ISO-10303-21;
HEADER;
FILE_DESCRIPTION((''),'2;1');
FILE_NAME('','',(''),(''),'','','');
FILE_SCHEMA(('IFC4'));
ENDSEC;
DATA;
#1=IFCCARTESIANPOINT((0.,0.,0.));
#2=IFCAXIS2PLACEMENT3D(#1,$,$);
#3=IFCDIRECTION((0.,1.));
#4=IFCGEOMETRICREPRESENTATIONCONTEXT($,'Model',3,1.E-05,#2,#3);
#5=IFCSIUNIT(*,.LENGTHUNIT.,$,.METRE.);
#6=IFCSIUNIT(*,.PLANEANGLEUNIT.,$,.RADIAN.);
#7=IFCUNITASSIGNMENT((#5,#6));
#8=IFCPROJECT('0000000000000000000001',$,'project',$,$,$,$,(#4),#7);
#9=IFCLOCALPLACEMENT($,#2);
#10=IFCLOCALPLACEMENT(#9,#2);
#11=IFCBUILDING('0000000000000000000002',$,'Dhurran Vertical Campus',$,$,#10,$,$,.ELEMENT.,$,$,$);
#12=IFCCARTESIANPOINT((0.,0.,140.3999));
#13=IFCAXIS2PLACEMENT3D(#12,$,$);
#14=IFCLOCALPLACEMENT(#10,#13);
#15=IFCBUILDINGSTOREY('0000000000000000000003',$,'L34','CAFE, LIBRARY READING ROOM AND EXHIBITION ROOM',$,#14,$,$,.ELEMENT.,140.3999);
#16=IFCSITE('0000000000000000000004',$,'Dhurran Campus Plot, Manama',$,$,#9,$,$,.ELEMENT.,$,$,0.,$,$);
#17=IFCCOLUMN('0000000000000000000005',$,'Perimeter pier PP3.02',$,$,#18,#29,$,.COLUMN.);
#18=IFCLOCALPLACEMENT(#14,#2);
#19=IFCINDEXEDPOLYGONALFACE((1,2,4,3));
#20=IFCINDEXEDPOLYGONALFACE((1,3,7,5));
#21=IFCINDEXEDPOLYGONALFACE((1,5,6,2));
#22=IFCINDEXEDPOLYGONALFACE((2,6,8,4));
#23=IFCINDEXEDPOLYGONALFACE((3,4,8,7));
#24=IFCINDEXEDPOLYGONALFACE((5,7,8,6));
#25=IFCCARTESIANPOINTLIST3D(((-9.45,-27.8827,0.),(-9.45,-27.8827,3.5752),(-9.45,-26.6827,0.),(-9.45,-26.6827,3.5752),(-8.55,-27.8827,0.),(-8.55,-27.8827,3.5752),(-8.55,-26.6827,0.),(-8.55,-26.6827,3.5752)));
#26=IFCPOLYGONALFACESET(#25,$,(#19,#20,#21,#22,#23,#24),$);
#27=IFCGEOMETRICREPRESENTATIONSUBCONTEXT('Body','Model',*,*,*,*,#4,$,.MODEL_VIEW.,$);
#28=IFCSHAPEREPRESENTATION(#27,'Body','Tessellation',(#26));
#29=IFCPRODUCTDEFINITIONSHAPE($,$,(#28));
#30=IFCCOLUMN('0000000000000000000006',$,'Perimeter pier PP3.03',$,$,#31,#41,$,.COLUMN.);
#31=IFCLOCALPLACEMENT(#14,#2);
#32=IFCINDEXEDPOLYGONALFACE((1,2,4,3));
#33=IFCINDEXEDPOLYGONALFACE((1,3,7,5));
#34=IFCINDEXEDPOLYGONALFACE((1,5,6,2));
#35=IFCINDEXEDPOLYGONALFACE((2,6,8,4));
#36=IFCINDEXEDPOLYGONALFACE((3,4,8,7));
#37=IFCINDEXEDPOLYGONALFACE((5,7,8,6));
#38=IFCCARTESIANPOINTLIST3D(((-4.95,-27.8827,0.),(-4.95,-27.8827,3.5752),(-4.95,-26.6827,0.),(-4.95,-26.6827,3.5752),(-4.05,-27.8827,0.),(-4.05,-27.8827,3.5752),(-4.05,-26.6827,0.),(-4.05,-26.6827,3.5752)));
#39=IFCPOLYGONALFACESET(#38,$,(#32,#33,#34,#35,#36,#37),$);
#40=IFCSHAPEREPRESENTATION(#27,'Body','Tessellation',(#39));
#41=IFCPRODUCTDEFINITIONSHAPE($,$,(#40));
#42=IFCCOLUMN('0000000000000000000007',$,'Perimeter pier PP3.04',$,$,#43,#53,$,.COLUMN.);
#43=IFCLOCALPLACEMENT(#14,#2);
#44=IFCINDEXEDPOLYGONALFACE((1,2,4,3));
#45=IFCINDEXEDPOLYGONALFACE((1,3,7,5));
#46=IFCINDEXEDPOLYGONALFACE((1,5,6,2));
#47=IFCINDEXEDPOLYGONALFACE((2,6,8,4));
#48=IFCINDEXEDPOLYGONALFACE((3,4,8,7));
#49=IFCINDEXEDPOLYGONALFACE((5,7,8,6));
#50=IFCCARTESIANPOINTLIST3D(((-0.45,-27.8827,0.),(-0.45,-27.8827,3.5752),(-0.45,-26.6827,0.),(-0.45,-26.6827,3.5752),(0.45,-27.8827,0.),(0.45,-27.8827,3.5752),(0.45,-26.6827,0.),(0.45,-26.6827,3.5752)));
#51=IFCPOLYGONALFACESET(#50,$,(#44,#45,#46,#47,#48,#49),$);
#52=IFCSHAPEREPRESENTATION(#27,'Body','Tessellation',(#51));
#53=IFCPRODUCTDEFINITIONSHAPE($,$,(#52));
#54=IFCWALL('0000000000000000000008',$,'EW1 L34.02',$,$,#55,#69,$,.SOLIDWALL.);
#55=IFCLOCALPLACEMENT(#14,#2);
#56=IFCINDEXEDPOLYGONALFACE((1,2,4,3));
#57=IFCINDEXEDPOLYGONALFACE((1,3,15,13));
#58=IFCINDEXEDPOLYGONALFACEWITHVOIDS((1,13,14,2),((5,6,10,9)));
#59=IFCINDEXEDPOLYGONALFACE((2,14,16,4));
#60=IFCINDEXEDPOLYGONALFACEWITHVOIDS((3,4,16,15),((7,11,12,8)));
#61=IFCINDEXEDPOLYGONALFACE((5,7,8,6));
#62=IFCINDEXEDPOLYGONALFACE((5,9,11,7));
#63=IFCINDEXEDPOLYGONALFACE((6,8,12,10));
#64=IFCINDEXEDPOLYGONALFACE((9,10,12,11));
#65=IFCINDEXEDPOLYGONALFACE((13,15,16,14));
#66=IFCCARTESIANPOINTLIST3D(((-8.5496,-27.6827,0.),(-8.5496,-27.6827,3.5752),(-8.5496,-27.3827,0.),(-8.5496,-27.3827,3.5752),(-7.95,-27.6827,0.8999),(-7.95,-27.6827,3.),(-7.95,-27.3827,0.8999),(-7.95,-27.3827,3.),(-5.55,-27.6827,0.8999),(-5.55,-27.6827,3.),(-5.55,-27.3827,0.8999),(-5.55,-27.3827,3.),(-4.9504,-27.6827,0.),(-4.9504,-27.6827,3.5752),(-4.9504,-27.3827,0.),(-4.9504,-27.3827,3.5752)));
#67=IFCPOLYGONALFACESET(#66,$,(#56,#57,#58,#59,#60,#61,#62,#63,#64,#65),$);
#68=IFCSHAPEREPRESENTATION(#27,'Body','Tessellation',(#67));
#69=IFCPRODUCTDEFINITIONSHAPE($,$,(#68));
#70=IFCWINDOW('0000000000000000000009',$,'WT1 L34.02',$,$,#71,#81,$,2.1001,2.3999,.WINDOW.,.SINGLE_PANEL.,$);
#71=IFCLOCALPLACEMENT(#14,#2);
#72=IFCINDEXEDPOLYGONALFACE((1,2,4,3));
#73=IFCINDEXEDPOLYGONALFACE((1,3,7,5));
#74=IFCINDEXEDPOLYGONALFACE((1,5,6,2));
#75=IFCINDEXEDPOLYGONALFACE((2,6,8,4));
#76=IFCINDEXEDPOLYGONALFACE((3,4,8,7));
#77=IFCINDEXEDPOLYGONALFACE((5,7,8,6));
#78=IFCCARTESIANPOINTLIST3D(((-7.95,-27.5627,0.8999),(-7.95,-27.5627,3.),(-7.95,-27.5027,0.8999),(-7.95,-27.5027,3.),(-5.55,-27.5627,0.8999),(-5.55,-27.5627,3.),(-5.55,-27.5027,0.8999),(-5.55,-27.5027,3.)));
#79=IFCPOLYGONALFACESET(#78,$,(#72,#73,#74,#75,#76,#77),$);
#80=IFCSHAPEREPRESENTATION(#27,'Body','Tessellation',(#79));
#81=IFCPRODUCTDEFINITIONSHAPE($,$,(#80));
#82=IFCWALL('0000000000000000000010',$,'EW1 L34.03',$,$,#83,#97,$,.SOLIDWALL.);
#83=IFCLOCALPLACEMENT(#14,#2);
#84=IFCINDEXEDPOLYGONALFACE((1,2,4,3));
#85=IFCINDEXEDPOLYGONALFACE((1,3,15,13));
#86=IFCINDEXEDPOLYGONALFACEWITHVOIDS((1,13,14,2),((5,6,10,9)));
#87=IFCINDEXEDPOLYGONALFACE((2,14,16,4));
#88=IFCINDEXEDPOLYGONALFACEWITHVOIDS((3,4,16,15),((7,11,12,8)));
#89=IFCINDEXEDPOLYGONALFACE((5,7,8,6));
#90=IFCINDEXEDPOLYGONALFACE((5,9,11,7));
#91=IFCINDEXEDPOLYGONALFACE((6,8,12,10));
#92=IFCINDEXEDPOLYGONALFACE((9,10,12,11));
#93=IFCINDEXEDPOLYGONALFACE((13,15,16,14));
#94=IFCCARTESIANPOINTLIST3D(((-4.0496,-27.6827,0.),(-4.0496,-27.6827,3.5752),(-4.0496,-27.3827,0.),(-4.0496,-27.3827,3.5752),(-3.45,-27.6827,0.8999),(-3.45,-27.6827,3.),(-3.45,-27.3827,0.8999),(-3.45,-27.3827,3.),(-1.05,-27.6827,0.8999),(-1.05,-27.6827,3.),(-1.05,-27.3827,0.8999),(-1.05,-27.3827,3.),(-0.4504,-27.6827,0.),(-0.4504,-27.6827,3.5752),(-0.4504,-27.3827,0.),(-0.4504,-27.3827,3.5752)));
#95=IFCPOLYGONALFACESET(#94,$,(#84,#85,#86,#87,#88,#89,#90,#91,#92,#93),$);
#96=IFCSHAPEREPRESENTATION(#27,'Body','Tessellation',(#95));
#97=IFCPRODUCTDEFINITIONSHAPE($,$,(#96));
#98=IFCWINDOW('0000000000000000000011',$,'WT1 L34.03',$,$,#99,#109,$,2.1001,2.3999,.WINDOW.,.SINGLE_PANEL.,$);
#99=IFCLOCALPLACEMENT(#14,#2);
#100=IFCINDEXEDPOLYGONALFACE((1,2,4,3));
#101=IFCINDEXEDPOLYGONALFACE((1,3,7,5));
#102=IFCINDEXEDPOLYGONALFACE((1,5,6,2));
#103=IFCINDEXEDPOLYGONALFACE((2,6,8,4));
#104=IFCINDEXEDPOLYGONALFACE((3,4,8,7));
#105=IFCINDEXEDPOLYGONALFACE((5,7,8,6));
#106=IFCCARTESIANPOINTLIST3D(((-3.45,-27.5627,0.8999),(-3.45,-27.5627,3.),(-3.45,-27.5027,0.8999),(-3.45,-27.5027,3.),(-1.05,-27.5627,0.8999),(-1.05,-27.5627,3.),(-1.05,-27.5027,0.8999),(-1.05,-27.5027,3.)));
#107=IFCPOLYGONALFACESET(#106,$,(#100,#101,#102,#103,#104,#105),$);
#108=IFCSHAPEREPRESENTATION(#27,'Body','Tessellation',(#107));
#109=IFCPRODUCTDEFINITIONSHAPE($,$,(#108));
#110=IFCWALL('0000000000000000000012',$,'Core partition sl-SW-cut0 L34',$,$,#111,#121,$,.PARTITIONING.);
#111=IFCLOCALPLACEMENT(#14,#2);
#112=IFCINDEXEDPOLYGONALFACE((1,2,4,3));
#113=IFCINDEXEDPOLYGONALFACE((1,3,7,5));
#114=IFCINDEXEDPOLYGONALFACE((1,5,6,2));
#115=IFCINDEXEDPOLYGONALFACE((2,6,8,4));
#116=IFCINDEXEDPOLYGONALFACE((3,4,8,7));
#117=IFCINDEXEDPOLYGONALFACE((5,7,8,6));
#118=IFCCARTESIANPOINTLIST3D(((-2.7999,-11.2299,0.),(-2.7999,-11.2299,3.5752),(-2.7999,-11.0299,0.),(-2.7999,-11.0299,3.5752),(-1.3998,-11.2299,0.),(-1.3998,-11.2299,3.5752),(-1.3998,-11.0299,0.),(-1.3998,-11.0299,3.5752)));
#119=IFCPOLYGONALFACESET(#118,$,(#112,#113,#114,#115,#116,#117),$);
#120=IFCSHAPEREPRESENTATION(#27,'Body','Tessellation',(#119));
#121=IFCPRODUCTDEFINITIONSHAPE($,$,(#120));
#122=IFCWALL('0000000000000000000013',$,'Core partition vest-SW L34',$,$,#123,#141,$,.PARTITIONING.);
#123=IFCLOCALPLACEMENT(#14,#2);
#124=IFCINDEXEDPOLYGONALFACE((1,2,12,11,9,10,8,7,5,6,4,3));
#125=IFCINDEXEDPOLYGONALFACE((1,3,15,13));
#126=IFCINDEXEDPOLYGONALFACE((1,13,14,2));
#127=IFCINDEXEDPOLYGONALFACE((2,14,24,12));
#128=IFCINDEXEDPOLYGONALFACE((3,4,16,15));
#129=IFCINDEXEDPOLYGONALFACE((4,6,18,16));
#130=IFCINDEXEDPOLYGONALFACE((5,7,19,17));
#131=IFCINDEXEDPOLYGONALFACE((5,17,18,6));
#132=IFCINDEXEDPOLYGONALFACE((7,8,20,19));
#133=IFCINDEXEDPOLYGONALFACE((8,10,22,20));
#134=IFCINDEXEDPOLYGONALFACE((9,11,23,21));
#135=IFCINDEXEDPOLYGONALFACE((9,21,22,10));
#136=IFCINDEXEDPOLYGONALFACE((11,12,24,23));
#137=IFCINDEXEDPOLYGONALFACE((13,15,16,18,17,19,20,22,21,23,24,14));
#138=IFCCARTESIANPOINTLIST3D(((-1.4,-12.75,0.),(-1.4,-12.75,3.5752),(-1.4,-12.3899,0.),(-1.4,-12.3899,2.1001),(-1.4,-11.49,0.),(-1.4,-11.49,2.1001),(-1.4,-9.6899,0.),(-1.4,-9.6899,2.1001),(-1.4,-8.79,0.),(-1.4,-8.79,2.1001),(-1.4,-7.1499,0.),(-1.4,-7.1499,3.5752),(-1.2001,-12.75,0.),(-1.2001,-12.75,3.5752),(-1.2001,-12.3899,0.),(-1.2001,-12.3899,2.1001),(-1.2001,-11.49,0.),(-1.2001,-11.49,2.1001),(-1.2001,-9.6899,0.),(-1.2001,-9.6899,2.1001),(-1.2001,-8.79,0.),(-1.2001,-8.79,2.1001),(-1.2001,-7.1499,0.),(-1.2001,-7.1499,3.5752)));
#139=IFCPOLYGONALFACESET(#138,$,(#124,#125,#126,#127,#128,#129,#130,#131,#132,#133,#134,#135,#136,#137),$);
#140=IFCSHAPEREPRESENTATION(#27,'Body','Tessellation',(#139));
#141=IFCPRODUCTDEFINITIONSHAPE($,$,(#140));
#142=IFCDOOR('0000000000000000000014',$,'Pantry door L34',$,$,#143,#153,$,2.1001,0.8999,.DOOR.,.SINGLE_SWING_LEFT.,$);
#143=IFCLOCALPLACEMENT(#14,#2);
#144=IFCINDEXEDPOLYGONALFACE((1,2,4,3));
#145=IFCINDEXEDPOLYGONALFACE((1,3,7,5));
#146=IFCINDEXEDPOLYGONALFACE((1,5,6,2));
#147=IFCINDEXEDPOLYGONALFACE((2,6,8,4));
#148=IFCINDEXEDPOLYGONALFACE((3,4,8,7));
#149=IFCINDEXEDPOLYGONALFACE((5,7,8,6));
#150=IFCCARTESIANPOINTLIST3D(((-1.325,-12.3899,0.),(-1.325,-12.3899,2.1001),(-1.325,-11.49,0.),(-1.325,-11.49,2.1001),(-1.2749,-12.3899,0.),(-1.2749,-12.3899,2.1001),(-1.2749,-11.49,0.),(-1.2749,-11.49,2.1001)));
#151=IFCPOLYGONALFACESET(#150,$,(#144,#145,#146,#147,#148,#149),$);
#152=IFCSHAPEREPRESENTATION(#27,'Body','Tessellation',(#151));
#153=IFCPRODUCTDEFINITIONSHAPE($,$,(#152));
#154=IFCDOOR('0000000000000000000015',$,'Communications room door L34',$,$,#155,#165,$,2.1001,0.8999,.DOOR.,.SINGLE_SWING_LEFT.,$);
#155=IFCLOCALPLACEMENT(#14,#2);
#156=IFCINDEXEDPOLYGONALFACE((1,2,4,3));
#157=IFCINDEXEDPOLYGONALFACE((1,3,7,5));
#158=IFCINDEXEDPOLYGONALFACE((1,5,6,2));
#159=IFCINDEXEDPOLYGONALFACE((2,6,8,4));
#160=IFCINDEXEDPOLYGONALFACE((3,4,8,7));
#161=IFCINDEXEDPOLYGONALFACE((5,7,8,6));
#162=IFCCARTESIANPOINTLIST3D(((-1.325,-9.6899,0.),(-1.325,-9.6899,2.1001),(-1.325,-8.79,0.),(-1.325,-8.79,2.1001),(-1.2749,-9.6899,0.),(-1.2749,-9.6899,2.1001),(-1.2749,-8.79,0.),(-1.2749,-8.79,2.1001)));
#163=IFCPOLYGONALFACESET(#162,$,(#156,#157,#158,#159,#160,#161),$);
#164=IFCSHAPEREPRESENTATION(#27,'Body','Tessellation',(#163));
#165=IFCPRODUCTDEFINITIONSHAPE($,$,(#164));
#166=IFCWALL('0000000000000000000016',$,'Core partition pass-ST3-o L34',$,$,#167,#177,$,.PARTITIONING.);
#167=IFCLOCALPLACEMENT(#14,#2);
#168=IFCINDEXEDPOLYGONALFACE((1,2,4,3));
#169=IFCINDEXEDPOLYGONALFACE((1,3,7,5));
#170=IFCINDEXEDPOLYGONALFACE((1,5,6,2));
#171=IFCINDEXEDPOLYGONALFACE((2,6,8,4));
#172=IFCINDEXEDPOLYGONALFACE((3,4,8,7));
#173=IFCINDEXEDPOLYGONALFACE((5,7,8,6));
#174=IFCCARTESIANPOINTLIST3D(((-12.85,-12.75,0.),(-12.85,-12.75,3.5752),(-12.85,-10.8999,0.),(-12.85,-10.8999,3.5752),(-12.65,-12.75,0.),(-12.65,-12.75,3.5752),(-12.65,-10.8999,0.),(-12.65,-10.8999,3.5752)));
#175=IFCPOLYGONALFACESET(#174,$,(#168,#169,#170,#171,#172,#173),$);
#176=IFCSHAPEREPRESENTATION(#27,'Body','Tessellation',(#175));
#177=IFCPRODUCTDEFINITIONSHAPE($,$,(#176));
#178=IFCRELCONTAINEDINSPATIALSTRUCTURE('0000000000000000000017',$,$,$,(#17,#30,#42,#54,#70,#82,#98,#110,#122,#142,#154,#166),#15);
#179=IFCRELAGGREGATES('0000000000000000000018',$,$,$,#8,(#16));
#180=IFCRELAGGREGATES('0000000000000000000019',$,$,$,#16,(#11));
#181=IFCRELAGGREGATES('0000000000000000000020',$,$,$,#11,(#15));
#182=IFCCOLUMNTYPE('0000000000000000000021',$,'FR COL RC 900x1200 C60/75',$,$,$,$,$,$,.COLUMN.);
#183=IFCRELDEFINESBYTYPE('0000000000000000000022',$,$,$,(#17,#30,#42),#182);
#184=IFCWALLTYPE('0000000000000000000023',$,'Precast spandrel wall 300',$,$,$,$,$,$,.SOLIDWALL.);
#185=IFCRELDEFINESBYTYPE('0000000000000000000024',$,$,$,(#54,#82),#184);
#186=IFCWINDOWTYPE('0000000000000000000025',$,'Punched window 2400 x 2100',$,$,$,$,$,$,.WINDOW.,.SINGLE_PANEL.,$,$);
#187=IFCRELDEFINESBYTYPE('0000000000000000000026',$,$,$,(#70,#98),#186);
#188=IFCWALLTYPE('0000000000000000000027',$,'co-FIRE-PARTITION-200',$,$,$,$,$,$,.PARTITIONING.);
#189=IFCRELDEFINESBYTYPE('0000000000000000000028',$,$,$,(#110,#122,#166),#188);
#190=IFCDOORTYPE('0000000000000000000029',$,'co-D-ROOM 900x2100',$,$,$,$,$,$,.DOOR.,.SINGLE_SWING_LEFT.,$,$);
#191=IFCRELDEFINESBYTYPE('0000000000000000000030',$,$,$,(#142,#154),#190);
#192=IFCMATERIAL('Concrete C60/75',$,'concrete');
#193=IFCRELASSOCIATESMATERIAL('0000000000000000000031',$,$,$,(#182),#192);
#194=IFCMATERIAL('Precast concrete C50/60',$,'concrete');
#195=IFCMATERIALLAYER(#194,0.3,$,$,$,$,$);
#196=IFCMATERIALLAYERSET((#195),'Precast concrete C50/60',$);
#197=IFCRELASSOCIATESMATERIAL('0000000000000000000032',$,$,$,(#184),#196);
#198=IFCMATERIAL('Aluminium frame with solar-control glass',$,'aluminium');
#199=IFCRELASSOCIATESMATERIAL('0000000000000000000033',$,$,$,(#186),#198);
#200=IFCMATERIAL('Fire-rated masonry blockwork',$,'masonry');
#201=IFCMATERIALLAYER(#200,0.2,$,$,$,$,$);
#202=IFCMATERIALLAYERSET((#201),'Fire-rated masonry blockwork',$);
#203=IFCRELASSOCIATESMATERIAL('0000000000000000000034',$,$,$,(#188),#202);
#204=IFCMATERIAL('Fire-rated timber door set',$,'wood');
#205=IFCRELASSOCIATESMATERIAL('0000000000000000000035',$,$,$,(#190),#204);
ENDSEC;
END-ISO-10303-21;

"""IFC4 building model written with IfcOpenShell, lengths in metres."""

from ifc_helpers import new_model, si_unit, direction, frame, frame_2d, origin, origin_2d, place, context, subcontext, project, spatial, rectangle, extrude, material, layer, layer_set, material_profile, profile_set, type_object, element, fill, save


model = new_model("IFC4")

# Units and contexts
model_context = context("Model", 3, precision=1e-05, world=origin(), true_north=direction((0.0, 1.0)))
body_context = subcontext(model_context, "Body", "Model", "MODEL_VIEW")
ifc_project = project(units=[si_unit("LENGTHUNIT", "METRE"), si_unit("PLANEANGLEUNIT", "RADIAN")], contexts=[model_context])

# Site, building, storey
site_placement = place(None, origin())
site = spatial("IfcSite", under=ifc_project, at=site_placement, Name="Dhurran Campus Plot, Manama", CompositionType="ELEMENT", RefElevation=0.0)
building_placement = place(site_placement, origin())
building = spatial("IfcBuilding", under=site, at=building_placement, Name="Dhurran Vertical Campus", CompositionType="ELEMENT")
storey_placement = place(building_placement, frame((0.0, 0.0, 140.3999)))
storey = spatial("IfcBuildingStorey", under=building, at=storey_placement, Name="L34", Description="CAFE, LIBRARY READING ROOM AND EXHIBITION ROOM", CompositionType="ELEMENT", Elevation=140.3999)

# Columns
ifc_material_1 = material(Name="Concrete C60/75", Category="concrete")
ifc_material_profile = material_profile(ifc_material_1, rectangle(XDim=0.8999, YDim=1.2, at=origin_2d()), Name="RC 900x1200")
ifc_profile_set = profile_set([ifc_material_profile], Name="Concrete C60/75")
column_type = type_object("IfcColumnType", Name="FR COL RC 900x1200 C60/75", PredefinedType="COLUMN", material=ifc_profile_set)
for number, where, z_axis, x_axis, name in (
    (1, (-9.0, -27.2827, 0.0), (0.0, 0.0, 1.0), (1.0, 0.0, 0.0), "Perimeter pier PP3.02"),
    (2, (-4.5, -27.2827, 0.0), (0.0, 0.0, 1.0), (1.0, 0.0, 0.0), "Perimeter pier PP3.03"),
    (3, (0.0, -27.2827, 0.0), (0.0, 0.0, 1.0), (1.0, 0.0, 0.0), "Perimeter pier PP3.04"),
):
    element("IfcColumn", number, at=place(storey_placement, frame(where, z_axis=z_axis, x_axis=x_axis)), inside=storey, type_object=column_type, Name=name, PredefinedType="COLUMN", context=body_context, shape_type="SweptSolid", body=[
        extrude(rectangle(XDim=0.8999, YDim=1.2, at=origin_2d()), origin(), (0.0, 0.0, 1.0), 3.5752),
    ])

# Walls, openings, windows
ifc_material_2 = material(Name="Precast concrete C50/60", Category="concrete")
ifc_layer_1 = layer(ifc_material_2, 0.3)
ifc_layer_set_1 = layer_set([ifc_layer_1], Name="Precast concrete C50/60")
wall_type_1 = type_object("IfcWallType", Name="Precast spandrel wall 300", PredefinedType="SOLIDWALL", material=ifc_layer_set_1)
wall_1_placement = place(storey_placement, frame((-8.5496, -27.5327, 0.0), z_axis=(0.0, 0.0, 1.0), x_axis=(1.0, 0.0, 0.0)))
wall_1 = element("IfcWall", 4, at=wall_1_placement, inside=storey, type_object=wall_type_1, Name="EW1 L34.02", PredefinedType="SOLIDWALL", context=body_context, shape_type="SweptSolid", body=[
    extrude(rectangle(XDim=3.5991, YDim=0.3, at=frame_2d((1.7996, 0.0))), origin(), (0.0, 0.0, 1.0), 3.5752),
])
opening_1_placement = place(wall_1_placement, frame((0.5996, 0.0, 0.8999)))
opening_1 = element("IfcOpeningElement", 5, at=opening_1_placement, cuts=wall_1, PredefinedType="OPENING", context=body_context, shape_type="SweptSolid", body=[
    extrude(rectangle(XDim=2.3999, YDim=2.1001, at=frame_2d((1.2, 1.05))), frame((0.0, 0.1599, 0.0), z_axis=(0.0, -1.0, 0.0), x_axis=(1.0, 0.0, 0.0)), (0.0, 0.0, 1.0), 0.3201),
])
ifc_material_3 = material(Name="Aluminium frame with solar-control glass", Category="aluminium")
window_type = type_object("IfcWindowType", Name="Punched window 2400 x 2100", PartitioningType="SINGLE_PANEL", PredefinedType="WINDOW", material=ifc_material_3)
window_1_placement = place(opening_1_placement, origin())
window_1 = element("IfcWindow", 6, at=window_1_placement, inside=storey, type_object=window_type, Name="WT1 L34.02", OverallHeight=2.1001, OverallWidth=2.3999, PartitioningType="SINGLE_PANEL", PredefinedType="WINDOW", context=body_context, shape_type="SweptSolid", body=[
    extrude(rectangle(XDim=2.3999, YDim=2.1001, at=frame_2d((1.2, 1.05))), frame((0.0, 0.03, 0.0), z_axis=(0.0, -1.0, 0.0), x_axis=(1.0, 0.0, 0.0)), (0.0, 0.0, 1.0), 0.0601),
])
fill(opening_1, window_1)
wall_2_placement = place(storey_placement, frame((-4.0496, -27.5327, 0.0), z_axis=(0.0, 0.0, 1.0), x_axis=(1.0, 0.0, 0.0)))
wall_2 = element("IfcWall", 7, at=wall_2_placement, inside=storey, type_object=wall_type_1, Name="EW1 L34.03", PredefinedType="SOLIDWALL", context=body_context, shape_type="SweptSolid", body=[
    extrude(rectangle(XDim=3.5991, YDim=0.3, at=frame_2d((1.7996, 0.0))), origin(), (0.0, 0.0, 1.0), 3.5752),
])
opening_2_placement = place(wall_2_placement, frame((0.5996, 0.0, 0.8999)))
opening_2 = element("IfcOpeningElement", 8, at=opening_2_placement, cuts=wall_2, PredefinedType="OPENING", context=body_context, shape_type="SweptSolid", body=[
    extrude(rectangle(XDim=2.3999, YDim=2.1001, at=frame_2d((1.2, 1.05))), frame((0.0, 0.1599, 0.0), z_axis=(0.0, -1.0, 0.0), x_axis=(1.0, 0.0, 0.0)), (0.0, 0.0, 1.0), 0.3201),
])
window_2_placement = place(opening_2_placement, origin())
window_2 = element("IfcWindow", 9, at=window_2_placement, inside=storey, type_object=window_type, Name="WT1 L34.03", OverallHeight=2.1001, OverallWidth=2.3999, PartitioningType="SINGLE_PANEL", PredefinedType="WINDOW", context=body_context, shape_type="SweptSolid", body=[
    extrude(rectangle(XDim=2.3999, YDim=2.1001, at=frame_2d((1.2, 1.05))), frame((0.0, 0.03, 0.0), z_axis=(0.0, -1.0, 0.0), x_axis=(1.0, 0.0, 0.0)), (0.0, 0.0, 1.0), 0.0601),
])
fill(opening_2, window_2)

# Wall
ifc_material_4 = material(Name="Fire-rated masonry blockwork", Category="masonry")
ifc_layer_2 = layer(ifc_material_4, 0.2)
ifc_layer_set_2 = layer_set([ifc_layer_2], Name="Fire-rated masonry blockwork")
wall_type_2 = type_object("IfcWallType", Name="co-FIRE-PARTITION-200", PredefinedType="PARTITIONING", material=ifc_layer_set_2)
wall_3_placement = place(storey_placement, frame((-2.8, -11.1299, 0.0), z_axis=(0.0, 0.0, 1.0), x_axis=(1.0, 0.0, 0.0)))
element("IfcWall", 10, at=wall_3_placement, inside=storey, type_object=wall_type_2, Name="Core partition sl-SW-cut0 L34", PredefinedType="PARTITIONING", context=body_context, shape_type="SweptSolid", body=[
    extrude(rectangle(XDim=1.4001, YDim=0.2, at=frame_2d((0.7002, 0.0))), origin(), (0.0, 0.0, 1.0), 3.5752),
])

# Wall, openings, doors
wall_4_placement = place(storey_placement, frame((-1.3, -12.75, 0.0), z_axis=(0.0, 0.0, 1.0), x_axis=(0.0, 1.0, 0.0)))
wall_4 = element("IfcWall", 11, at=wall_4_placement, inside=storey, type_object=wall_type_2, Name="Core partition vest-SW L34", PredefinedType="PARTITIONING", context=body_context, shape_type="SweptSolid", body=[
    extrude(rectangle(XDim=5.6001, YDim=0.2, at=frame_2d((2.8, 0.0))), origin(), (0.0, 0.0, 1.0), 3.5752),
])
opening_3_placement = place(wall_4_placement, frame((0.3601, 0.0, 0.0)))
opening_3 = element("IfcOpeningElement", 12, at=opening_3_placement, cuts=wall_4, PredefinedType="OPENING", context=body_context, shape_type="SweptSolid", body=[
    extrude(rectangle(XDim=0.8999, YDim=2.1001, at=frame_2d((0.45, 1.05))), frame((0.0, 0.1099, 0.0), z_axis=(0.0, -1.0, 0.0), x_axis=(1.0, 0.0, 0.0)), (0.0, 0.0, 1.0), 0.22),
])
opening_4_placement = place(wall_4_placement, frame((3.0601, 0.0, 0.0)))
opening_4 = element("IfcOpeningElement", 13, at=opening_4_placement, cuts=wall_4, PredefinedType="OPENING", context=body_context, shape_type="SweptSolid", body=[
    extrude(rectangle(XDim=0.8999, YDim=2.1001, at=frame_2d((0.45, 1.05))), frame((0.0, 0.1099, 0.0), z_axis=(0.0, -1.0, 0.0), x_axis=(1.0, 0.0, 0.0)), (0.0, 0.0, 1.0), 0.22),
])
ifc_material_5 = material(Name="Fire-rated timber door set", Category="wood")
door_type_1 = type_object("IfcDoorType", Name="co-D-ROOM 900x2100", OperationType="SINGLE_SWING_LEFT", PredefinedType="DOOR", material=ifc_material_5)
door_1_placement = place(opening_3_placement, origin())
door_1 = element("IfcDoor", 14, at=door_1_placement, inside=storey, type_object=door_type_1, Name="Pantry door L34", OperationType="SINGLE_SWING_LEFT", OverallHeight=2.1001, OverallWidth=0.8999, PredefinedType="DOOR", context=body_context, shape_type="SweptSolid", body=[
    extrude(rectangle(XDim=0.8999, YDim=2.1001, at=frame_2d((0.45, 1.05))), frame((0.0, 0.0249, 0.0), z_axis=(0.0, -1.0, 0.0), x_axis=(1.0, 0.0, 0.0)), (0.0, 0.0, 1.0), 0.05),
])
fill(opening_3, door_1)
door_2_placement = place(opening_4_placement, origin())
door_2 = element("IfcDoor", 15, at=door_2_placement, inside=storey, type_object=door_type_1, Name="Communications room door L34", OperationType="SINGLE_SWING_LEFT", OverallHeight=2.1001, OverallWidth=0.8999, PredefinedType="DOOR", context=body_context, shape_type="SweptSolid", body=[
    extrude(rectangle(XDim=0.8999, YDim=2.1001, at=frame_2d((0.45, 1.05))), frame((0.0, 0.0249, 0.0), z_axis=(0.0, -1.0, 0.0), x_axis=(1.0, 0.0, 0.0)), (0.0, 0.0, 1.0), 0.05),
])
fill(opening_4, door_2)

# Wall
wall_5_placement = place(storey_placement, frame((-12.75, -12.75, 0.0), z_axis=(0.0, 0.0, 1.0), x_axis=(0.0, 1.0, 0.0)))
element("IfcWall", 16, at=wall_5_placement, inside=storey, type_object=wall_type_2, Name="Core partition pass-ST3-o L34", PredefinedType="PARTITIONING", context=body_context, shape_type="SweptSolid", body=[
    extrude(rectangle(XDim=1.8501, YDim=0.2, at=frame_2d((0.925, 0.0))), origin(), (0.0, 0.0, 1.0), 3.5752),
])

save(model, "model.ifc")
